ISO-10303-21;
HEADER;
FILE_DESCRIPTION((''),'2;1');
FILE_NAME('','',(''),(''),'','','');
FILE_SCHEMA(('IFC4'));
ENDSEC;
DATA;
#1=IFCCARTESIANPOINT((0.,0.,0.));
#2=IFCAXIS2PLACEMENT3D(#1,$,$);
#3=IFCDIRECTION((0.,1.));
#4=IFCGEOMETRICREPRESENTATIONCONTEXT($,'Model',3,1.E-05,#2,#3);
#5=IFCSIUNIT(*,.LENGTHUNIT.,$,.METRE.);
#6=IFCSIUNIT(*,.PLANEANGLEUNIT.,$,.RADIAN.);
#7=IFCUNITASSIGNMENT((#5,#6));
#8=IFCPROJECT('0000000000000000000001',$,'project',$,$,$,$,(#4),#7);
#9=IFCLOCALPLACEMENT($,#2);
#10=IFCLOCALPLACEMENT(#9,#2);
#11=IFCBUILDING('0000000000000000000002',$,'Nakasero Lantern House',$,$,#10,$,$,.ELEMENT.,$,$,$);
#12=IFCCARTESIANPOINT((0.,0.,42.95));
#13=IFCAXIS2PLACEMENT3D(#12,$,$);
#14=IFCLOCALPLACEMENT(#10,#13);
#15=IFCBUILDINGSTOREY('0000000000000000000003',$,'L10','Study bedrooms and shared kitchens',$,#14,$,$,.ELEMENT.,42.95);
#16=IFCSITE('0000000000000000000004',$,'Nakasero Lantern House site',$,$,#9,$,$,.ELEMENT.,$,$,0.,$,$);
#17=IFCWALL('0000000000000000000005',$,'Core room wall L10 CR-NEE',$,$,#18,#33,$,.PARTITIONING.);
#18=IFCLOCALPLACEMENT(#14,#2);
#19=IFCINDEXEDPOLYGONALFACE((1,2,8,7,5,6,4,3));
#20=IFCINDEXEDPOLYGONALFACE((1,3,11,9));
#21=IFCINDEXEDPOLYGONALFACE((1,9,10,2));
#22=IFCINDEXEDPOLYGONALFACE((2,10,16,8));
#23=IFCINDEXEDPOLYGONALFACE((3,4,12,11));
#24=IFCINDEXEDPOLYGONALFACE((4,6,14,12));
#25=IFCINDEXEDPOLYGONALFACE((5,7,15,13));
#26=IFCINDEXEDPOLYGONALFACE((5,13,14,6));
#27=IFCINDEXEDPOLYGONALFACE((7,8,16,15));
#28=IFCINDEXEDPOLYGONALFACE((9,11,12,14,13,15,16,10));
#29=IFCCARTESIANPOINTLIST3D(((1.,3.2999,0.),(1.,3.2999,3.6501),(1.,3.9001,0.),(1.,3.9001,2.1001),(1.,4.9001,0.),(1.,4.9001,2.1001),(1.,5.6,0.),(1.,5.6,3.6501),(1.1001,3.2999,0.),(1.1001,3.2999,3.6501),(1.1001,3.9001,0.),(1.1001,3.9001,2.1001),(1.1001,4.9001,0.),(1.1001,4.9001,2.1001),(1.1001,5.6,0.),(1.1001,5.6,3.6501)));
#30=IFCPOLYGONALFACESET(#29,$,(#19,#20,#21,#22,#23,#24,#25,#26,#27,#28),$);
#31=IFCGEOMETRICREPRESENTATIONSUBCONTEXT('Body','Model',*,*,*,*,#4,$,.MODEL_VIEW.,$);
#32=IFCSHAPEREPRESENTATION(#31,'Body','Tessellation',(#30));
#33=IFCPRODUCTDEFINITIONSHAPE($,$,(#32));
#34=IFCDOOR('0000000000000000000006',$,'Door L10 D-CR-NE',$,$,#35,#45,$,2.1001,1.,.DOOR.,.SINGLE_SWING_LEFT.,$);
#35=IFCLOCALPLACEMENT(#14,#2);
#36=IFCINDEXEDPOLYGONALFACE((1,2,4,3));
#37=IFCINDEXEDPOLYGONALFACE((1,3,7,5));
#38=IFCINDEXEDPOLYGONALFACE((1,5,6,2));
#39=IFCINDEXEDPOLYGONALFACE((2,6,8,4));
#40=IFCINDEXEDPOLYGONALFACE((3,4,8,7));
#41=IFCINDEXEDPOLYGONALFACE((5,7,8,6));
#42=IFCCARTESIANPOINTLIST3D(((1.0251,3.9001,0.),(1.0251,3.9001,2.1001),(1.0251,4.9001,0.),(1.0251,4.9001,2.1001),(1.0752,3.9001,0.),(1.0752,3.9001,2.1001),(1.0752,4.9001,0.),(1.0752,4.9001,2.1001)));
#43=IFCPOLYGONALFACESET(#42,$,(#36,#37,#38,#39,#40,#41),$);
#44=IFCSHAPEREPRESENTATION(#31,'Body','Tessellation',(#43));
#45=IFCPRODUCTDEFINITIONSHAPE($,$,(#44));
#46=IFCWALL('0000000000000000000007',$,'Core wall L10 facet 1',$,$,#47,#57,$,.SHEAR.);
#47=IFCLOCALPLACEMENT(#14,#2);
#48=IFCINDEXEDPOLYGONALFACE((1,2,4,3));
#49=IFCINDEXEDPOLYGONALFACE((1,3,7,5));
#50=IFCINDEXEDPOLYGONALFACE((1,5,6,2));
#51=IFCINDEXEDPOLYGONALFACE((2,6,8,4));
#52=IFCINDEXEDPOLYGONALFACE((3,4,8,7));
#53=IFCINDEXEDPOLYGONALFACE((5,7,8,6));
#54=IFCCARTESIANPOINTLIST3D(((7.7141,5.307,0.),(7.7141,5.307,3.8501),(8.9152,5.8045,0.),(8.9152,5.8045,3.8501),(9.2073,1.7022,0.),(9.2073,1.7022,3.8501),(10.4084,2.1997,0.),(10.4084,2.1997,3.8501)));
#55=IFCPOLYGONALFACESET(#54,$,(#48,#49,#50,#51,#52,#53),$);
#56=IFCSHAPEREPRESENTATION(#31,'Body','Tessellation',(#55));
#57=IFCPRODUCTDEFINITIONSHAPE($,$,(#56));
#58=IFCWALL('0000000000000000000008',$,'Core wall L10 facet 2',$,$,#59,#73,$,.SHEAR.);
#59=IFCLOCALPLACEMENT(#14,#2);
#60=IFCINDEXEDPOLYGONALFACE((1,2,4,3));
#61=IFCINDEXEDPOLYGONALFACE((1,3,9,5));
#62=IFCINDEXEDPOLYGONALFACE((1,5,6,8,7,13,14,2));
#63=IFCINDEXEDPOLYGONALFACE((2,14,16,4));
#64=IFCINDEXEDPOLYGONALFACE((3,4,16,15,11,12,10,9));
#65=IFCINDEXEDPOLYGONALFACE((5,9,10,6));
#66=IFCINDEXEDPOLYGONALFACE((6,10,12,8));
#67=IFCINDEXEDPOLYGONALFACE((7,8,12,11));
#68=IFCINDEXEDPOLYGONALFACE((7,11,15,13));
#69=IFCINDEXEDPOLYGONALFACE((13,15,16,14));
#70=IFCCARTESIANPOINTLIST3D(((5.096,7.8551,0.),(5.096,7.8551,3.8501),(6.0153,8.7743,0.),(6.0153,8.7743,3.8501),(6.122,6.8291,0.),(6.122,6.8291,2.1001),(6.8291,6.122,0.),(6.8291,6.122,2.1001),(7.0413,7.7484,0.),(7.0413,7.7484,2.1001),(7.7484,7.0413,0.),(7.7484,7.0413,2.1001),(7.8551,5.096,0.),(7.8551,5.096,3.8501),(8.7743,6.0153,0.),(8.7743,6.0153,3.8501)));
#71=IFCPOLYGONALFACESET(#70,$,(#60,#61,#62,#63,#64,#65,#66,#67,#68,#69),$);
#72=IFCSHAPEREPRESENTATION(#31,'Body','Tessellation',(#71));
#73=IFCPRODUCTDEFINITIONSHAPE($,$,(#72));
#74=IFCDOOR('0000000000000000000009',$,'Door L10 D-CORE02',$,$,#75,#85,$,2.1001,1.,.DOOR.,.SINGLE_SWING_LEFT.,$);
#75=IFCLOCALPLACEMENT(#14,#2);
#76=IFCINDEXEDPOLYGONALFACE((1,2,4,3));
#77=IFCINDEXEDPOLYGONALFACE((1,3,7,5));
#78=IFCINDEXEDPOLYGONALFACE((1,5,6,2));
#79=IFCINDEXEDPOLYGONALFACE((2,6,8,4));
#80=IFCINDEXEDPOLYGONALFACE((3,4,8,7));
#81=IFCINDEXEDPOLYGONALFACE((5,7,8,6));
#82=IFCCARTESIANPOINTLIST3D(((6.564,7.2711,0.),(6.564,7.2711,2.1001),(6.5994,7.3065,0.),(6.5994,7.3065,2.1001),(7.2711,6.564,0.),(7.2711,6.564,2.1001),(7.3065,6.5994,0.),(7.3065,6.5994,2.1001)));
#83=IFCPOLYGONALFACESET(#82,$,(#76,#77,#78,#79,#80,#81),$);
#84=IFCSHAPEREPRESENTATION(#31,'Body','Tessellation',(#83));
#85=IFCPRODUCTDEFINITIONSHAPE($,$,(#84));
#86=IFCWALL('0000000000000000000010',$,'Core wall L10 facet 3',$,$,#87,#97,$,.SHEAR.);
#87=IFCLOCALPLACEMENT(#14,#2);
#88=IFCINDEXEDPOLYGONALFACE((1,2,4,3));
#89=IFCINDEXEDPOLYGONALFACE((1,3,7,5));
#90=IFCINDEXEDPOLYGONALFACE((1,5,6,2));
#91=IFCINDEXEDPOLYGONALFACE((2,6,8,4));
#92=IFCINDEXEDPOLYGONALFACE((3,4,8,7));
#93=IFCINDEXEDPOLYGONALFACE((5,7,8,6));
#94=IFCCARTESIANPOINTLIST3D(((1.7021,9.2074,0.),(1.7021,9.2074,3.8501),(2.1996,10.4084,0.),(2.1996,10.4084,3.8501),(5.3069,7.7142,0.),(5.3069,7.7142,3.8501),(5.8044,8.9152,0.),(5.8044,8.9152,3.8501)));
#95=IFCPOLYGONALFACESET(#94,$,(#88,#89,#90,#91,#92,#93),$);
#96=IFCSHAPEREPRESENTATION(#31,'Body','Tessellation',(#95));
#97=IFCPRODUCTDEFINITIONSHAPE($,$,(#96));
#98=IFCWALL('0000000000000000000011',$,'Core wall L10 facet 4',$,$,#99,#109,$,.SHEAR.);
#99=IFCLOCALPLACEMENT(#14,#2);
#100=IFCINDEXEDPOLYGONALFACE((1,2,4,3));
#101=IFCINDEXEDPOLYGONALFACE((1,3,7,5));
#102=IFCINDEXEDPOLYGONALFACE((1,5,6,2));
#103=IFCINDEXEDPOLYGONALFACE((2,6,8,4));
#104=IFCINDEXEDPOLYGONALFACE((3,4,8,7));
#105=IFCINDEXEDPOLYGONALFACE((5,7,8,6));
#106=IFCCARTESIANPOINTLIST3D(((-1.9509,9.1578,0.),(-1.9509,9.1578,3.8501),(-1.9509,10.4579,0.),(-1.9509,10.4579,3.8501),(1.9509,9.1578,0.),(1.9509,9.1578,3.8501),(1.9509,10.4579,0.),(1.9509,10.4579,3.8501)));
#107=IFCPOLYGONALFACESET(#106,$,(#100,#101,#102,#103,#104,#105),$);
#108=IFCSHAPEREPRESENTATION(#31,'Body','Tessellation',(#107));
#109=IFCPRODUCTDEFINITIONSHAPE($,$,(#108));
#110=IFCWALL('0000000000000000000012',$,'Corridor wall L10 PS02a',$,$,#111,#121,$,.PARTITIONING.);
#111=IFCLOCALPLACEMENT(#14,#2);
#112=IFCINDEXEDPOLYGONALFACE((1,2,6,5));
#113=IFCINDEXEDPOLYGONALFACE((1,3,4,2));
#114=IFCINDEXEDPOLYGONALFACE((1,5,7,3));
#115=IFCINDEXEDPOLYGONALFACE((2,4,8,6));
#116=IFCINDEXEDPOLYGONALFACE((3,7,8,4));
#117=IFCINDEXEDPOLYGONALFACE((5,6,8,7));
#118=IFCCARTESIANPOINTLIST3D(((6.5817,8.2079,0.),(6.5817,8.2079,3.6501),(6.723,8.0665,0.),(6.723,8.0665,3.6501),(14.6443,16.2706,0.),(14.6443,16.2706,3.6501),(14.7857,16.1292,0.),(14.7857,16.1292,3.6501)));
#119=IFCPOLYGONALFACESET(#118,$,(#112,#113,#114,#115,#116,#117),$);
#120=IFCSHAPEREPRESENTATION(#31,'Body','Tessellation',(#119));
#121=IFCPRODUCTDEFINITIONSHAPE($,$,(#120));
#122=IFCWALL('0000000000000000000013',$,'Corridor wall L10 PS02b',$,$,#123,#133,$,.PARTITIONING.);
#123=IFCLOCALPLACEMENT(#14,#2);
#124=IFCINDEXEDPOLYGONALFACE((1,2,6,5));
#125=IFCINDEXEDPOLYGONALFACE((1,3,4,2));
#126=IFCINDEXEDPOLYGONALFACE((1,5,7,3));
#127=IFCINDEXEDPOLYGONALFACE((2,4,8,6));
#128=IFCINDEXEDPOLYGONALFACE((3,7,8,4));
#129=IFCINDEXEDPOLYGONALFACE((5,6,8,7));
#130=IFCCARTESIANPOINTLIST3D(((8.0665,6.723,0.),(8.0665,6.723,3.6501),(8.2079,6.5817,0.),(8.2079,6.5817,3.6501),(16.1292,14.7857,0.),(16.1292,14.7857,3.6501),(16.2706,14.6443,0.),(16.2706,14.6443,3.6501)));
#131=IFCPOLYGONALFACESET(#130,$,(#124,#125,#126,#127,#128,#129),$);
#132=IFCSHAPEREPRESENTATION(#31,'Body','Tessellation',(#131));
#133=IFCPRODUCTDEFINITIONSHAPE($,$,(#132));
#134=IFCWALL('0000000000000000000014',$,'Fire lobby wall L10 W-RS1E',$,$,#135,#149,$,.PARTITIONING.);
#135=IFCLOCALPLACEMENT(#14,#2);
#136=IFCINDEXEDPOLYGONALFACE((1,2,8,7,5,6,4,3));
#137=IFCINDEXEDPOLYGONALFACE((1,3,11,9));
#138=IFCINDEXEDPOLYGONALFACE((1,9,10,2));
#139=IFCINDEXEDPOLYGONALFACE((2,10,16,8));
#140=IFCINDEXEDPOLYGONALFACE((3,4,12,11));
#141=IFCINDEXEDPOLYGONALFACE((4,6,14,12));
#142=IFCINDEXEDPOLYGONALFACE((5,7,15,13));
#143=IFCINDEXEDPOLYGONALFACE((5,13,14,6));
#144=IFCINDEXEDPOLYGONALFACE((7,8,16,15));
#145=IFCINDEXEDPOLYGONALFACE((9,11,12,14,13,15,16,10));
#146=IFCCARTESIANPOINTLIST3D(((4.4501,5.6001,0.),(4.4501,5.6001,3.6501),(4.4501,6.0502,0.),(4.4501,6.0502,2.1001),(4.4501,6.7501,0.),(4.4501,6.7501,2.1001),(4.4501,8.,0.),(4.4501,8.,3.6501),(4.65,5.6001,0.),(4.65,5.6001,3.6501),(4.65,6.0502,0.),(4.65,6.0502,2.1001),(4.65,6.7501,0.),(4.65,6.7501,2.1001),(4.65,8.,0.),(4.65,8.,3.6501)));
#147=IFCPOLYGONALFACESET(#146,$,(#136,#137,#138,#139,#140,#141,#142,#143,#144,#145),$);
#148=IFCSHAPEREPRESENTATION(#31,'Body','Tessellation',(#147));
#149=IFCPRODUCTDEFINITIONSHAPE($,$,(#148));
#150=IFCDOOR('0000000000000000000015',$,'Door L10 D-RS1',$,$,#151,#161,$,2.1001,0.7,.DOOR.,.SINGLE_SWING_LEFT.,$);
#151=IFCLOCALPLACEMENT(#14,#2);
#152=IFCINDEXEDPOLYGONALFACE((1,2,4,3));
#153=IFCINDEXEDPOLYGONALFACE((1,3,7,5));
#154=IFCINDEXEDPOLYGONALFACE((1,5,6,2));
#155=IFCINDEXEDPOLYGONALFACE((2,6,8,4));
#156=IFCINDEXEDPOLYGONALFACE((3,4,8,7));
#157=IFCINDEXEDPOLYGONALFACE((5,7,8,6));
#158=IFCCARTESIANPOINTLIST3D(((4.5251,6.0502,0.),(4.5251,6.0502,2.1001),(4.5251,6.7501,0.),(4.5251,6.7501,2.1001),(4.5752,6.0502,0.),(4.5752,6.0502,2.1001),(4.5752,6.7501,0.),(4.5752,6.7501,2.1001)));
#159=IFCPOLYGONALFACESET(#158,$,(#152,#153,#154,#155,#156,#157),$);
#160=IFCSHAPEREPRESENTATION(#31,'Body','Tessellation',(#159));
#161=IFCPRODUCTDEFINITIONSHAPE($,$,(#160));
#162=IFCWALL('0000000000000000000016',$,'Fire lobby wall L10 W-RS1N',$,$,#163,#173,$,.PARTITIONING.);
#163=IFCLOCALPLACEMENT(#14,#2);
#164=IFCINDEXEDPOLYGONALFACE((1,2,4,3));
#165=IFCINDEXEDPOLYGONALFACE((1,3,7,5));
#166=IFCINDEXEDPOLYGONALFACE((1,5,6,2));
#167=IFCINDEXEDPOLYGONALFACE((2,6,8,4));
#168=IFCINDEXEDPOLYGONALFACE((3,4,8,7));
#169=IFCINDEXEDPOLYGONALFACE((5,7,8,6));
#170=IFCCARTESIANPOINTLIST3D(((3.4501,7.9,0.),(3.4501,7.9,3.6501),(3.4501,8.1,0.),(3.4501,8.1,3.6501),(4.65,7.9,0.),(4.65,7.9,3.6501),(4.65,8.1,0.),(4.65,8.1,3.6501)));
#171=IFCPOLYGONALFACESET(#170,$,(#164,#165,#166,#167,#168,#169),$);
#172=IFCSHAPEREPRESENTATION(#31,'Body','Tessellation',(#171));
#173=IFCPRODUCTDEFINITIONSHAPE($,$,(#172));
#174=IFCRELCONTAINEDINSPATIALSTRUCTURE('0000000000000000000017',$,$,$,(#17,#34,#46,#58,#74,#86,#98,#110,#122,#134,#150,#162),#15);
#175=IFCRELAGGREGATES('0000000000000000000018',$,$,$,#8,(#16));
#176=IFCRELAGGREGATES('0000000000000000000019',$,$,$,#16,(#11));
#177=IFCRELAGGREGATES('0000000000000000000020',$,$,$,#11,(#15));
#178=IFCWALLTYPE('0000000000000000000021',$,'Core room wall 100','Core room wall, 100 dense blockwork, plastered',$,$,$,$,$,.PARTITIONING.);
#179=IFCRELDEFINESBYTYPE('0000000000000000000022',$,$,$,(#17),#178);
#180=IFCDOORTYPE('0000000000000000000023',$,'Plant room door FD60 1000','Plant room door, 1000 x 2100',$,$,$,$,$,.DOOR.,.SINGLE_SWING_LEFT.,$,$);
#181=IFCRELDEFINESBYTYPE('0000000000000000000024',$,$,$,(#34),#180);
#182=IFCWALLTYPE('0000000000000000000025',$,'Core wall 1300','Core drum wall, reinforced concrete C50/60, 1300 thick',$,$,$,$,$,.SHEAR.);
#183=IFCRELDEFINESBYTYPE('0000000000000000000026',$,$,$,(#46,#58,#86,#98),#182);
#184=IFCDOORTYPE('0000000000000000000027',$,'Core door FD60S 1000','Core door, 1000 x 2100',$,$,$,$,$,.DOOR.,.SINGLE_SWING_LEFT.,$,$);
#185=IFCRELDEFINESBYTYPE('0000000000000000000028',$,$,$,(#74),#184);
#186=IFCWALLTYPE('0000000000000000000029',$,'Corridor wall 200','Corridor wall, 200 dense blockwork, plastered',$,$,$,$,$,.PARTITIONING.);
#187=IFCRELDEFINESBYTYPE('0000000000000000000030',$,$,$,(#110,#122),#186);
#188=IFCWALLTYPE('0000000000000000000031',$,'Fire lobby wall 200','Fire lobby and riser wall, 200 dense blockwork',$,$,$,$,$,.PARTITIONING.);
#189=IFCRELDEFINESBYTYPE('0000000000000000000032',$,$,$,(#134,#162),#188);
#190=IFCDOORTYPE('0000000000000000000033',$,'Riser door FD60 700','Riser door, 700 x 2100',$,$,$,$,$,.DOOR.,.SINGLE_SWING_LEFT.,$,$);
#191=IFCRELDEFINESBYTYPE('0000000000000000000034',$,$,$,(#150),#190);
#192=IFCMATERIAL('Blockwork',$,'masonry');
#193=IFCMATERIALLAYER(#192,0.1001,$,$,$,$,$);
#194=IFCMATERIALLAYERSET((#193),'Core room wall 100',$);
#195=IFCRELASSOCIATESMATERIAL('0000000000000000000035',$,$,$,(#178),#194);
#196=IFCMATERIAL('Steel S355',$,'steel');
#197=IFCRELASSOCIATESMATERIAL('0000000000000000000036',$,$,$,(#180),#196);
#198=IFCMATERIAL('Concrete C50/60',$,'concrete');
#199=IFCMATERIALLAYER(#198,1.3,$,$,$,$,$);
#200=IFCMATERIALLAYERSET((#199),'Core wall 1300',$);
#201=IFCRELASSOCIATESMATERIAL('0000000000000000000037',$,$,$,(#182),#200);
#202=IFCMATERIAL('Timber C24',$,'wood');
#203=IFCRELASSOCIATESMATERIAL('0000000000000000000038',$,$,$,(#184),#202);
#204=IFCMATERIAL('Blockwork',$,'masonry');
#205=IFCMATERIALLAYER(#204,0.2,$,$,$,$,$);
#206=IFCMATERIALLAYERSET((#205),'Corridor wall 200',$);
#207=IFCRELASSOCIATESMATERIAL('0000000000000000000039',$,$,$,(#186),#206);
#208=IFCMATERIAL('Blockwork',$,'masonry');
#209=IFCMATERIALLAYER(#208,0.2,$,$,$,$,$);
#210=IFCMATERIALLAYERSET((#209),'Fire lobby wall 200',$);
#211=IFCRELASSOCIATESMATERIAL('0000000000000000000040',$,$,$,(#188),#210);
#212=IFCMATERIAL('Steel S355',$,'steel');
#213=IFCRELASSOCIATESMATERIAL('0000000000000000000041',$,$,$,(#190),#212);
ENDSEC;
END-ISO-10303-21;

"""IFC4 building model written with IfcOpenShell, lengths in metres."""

from ifc_helpers import new_model, si_unit, direction, frame, frame_2d, origin, place, context, subcontext, project, spatial, rectangle, extrude, material, layer, layer_set, type_object, element, fill, save


model = new_model("IFC4")

# Units and contexts
model_context = context("Model", 3, precision=1e-05, world=origin(), true_north=direction((0.0, 1.0)))
body_context = subcontext(model_context, "Body", "Model", "MODEL_VIEW")
ifc_project = project(units=[si_unit("LENGTHUNIT", "METRE"), si_unit("PLANEANGLEUNIT", "RADIAN")], contexts=[model_context])

# Site, building, storey
site_placement = place(None, origin())
site = spatial("IfcSite", under=ifc_project, at=site_placement, Name="Nakasero Lantern House site", CompositionType="ELEMENT", RefElevation=0.0)
building_placement = place(site_placement, origin())
building = spatial("IfcBuilding", under=site, at=building_placement, Name="Nakasero Lantern House", CompositionType="ELEMENT")
storey_placement = place(building_placement, frame((0.0, 0.0, 42.95)))
storey = spatial("IfcBuildingStorey", under=building, at=storey_placement, Name="L10", Description="Study bedrooms and shared kitchens", CompositionType="ELEMENT", Elevation=42.95)

# Wall, opening, door
ifc_material_1 = material(Name="Blockwork", Category="masonry")
ifc_layer_1 = layer(ifc_material_1, 0.1001)
ifc_layer_set_1 = layer_set([ifc_layer_1], Name="Core room wall 100")
wall_type_1 = type_object("IfcWallType", Name="Core room wall 100", Description="Core room wall, 100 dense blockwork, plastered", PredefinedType="PARTITIONING", material=ifc_layer_set_1)
wall_1_placement = place(storey_placement, frame((1.05, 3.3, 0.0), z_axis=(0.0, 0.0, 1.0), x_axis=(0.0, 1.0, 0.0)))
wall_1 = element("IfcWall", 1, at=wall_1_placement, inside=storey, type_object=wall_type_1, Name="Core room wall L10 CR-NEE", PredefinedType="PARTITIONING", context=body_context, shape_type="SweptSolid", body=[
    extrude(rectangle(XDim=2.3, YDim=0.1001, at=frame_2d((1.1499, 0.0))), origin(), (0.0, 0.0, 1.0), 3.6501),
])
opening_1_placement = place(wall_1_placement, frame((0.6001, 0.0, 0.0)))
opening_1 = element("IfcOpeningElement", 2, at=opening_1_placement, cuts=wall_1, PredefinedType="OPENING", context=body_context, shape_type="SweptSolid", body=[
    extrude(rectangle(XDim=1.0, YDim=2.1001, at=frame_2d((0.5, 1.05))), frame((0.0, 0.0701, 0.0), z_axis=(0.0, -1.0, 0.0), x_axis=(1.0, 0.0, 0.0)), (0.0, 0.0, 1.0), 0.1401),
])
ifc_material_2 = material(Name="Steel S355", Category="steel")
door_type_1 = type_object("IfcDoorType", Name="Plant room door FD60 1000", Description="Plant room door, 1000 x 2100", OperationType="SINGLE_SWING_LEFT", PredefinedType="DOOR", material=ifc_material_2)
door_1_placement = place(opening_1_placement, origin())
door_1 = element("IfcDoor", 3, at=door_1_placement, inside=storey, type_object=door_type_1, Name="Door L10 D-CR-NE", OperationType="SINGLE_SWING_LEFT", OverallHeight=2.1001, OverallWidth=1.0, PredefinedType="DOOR", context=body_context, shape_type="SweptSolid", body=[
    extrude(rectangle(XDim=1.0, YDim=2.1001, at=frame_2d((0.5, 1.05))), frame((0.0, 0.0249, 0.0), z_axis=(0.0, -1.0, 0.0), x_axis=(1.0, 0.0, 0.0)), (0.0, 0.0, 1.0), 0.05),
])
fill(opening_1, door_1)

# Wall
ifc_material_3 = material(Name="Concrete C50/60", Category="concrete")
ifc_layer_2 = layer(ifc_material_3, 1.3)
ifc_layer_set_2 = layer_set([ifc_layer_2], Name="Core wall 1300")
wall_type_2 = type_object("IfcWallType", Name="Core wall 1300", Description="Core drum wall, reinforced concrete C50/60, 1300 thick", PredefinedType="SHEAR", material=ifc_layer_set_2)
wall_2_placement = place(storey_placement, frame((9.8079, 1.9509, 0.0), z_axis=(0.0, 0.0, 1.0), x_axis=(-0.382691, 0.923877, 0.0)))
element("IfcWall", 4, at=wall_2_placement, inside=storey, type_object=wall_type_2, Name="Core wall L10 facet 1", PredefinedType="SHEAR", context=body_context, shape_type="SweptSolid", body=[
    extrude(rectangle(XDim=3.9019, YDim=1.3, at=frame_2d((1.9509, 0.0))), origin(), (0.0, 0.0, 1.0), 3.8501),
])

# Wall, opening, door
wall_3_placement = place(storey_placement, frame((8.3147, 5.5557, 0.0), z_axis=(0.0, 0.0, 1.0), x_axis=(-0.707107, 0.707107, 0.0)))
wall_3 = element("IfcWall", 5, at=wall_3_placement, inside=storey, type_object=wall_type_2, Name="Core wall L10 facet 2", PredefinedType="SHEAR", context=body_context, shape_type="SweptSolid", body=[
    extrude(rectangle(XDim=3.9019, YDim=1.3, at=frame_2d((1.9509, 0.0))), origin(), (0.0, 0.0, 1.0), 3.8501),
])
opening_2_placement = place(wall_3_placement, frame((1.4509, 0.0, 0.0)))
opening_2 = element("IfcOpeningElement", 6, at=opening_2_placement, cuts=wall_3, PredefinedType="OPENING", context=body_context, shape_type="SweptSolid", body=[
    extrude(rectangle(XDim=1.0, YDim=2.1001, at=frame_2d((0.5, 1.05))), frame((0.0, 0.6699, 0.0), z_axis=(0.0, -1.0, 0.0), x_axis=(1.0, 0.0, 0.0)), (0.0, 0.0, 1.0), 1.3401),
])
ifc_material_4 = material(Name="Timber C24", Category="wood")
door_type_2 = type_object("IfcDoorType", Name="Core door FD60S 1000", Description="Core door, 1000 x 2100", OperationType="SINGLE_SWING_LEFT", PredefinedType="DOOR", material=ifc_material_4)
door_2_placement = place(opening_2_placement, origin())
door_2 = element("IfcDoor", 7, at=door_2_placement, inside=storey, type_object=door_type_2, Name="Door L10 D-CORE02", OperationType="SINGLE_SWING_LEFT", OverallHeight=2.1001, OverallWidth=1.0, PredefinedType="DOOR", context=body_context, shape_type="SweptSolid", body=[
    extrude(rectangle(XDim=1.0, YDim=2.1001, at=frame_2d((0.5, 1.05))), frame((0.0, 0.0249, 0.0), z_axis=(0.0, -1.0, 0.0), x_axis=(1.0, 0.0, 0.0)), (0.0, 0.0, 1.0), 0.05),
])
fill(opening_2, door_2)

# Walls
for number, where, z_axis, x_axis, name in (
    (8, (5.5557, 8.3147, 0.0), (0.0, 0.0, 1.0), (-0.923877, 0.382691, 0.0), "Core wall L10 facet 3"),
    (9, (1.9509, 9.8079, 0.0), (0.0, 0.0, 1.0), (-1.0, 0.0, 0.0), "Core wall L10 facet 4"),
):
    element("IfcWall", number, at=place(storey_placement, frame(where, z_axis=z_axis, x_axis=x_axis)), inside=storey, type_object=wall_type_2, Name=name, PredefinedType="SHEAR", context=body_context, shape_type="SweptSolid", body=[
        extrude(rectangle(XDim=3.9019, YDim=1.3, at=frame_2d((1.9509, 0.0))), origin(), (0.0, 0.0, 1.0), 3.8501),
    ])
ifc_material_5 = material(Name="Blockwork", Category="masonry")
ifc_layer_3 = layer(ifc_material_5, 0.2)
ifc_layer_set_3 = layer_set([ifc_layer_3], Name="Corridor wall 200")
wall_type_3 = type_object("IfcWallType", Name="Corridor wall 200", Description="Corridor wall, 200 dense blockwork, plastered", PredefinedType="PARTITIONING", material=ifc_layer_set_3)
for number, where, z_axis, x_axis, name in (
    (10, (6.6523, 8.1372, 0.0), (0.0, 0.0, 1.0), (0.707107, 0.707107, 0.0), "Corridor wall L10 PS02a"),
    (11, (8.1372, 6.6523, 0.0), (0.0, 0.0, 1.0), (0.707107, 0.707107, 0.0), "Corridor wall L10 PS02b"),
):
    element("IfcWall", number, at=place(storey_placement, frame(where, z_axis=z_axis, x_axis=x_axis)), inside=storey, type_object=wall_type_3, Name=name, PredefinedType="PARTITIONING", context=body_context, shape_type="SweptSolid", body=[
        extrude(rectangle(XDim=11.4023, YDim=0.2, at=frame_2d((5.7012, 0.0))), origin(), (0.0, 0.0, 1.0), 3.6501),
    ])

# Wall, opening, door
ifc_material_6 = material(Name="Blockwork", Category="masonry")
ifc_layer_4 = layer(ifc_material_6, 0.2)
ifc_layer_set_4 = layer_set([ifc_layer_4], Name="Fire lobby wall 200")
wall_type_4 = type_object("IfcWallType", Name="Fire lobby wall 200", Description="Fire lobby and riser wall, 200 dense blockwork", PredefinedType="PARTITIONING", material=ifc_layer_set_4)
wall_4_placement = place(storey_placement, frame((4.55, 5.6001, 0.0), z_axis=(0.0, 0.0, 1.0), x_axis=(0.0, 1.0, 0.0)))
wall_4 = element("IfcWall", 12, at=wall_4_placement, inside=storey, type_object=wall_type_4, Name="Fire lobby wall L10 W-RS1E", PredefinedType="PARTITIONING", context=body_context, shape_type="SweptSolid", body=[
    extrude(rectangle(XDim=2.3999, YDim=0.2, at=frame_2d((1.2, 0.0))), origin(), (0.0, 0.0, 1.0), 3.6501),
])
opening_3_placement = place(wall_4_placement, frame((0.45, 0.0, 0.0)))
opening_3 = element("IfcOpeningElement", 13, at=opening_3_placement, cuts=wall_4, PredefinedType="OPENING", context=body_context, shape_type="SweptSolid", body=[
    extrude(rectangle(XDim=0.7, YDim=2.1001, at=frame_2d((0.3501, 1.05))), frame((0.0, 0.1199, 0.0), z_axis=(0.0, -1.0, 0.0), x_axis=(1.0, 0.0, 0.0)), (0.0, 0.0, 1.0), 0.24),
])
ifc_material_7 = material(Name="Steel S355", Category="steel")
door_type_3 = type_object("IfcDoorType", Name="Riser door FD60 700", Description="Riser door, 700 x 2100", OperationType="SINGLE_SWING_LEFT", PredefinedType="DOOR", material=ifc_material_7)
door_3_placement = place(opening_3_placement, origin())
door_3 = element("IfcDoor", 14, at=door_3_placement, inside=storey, type_object=door_type_3, Name="Door L10 D-RS1", OperationType="SINGLE_SWING_LEFT", OverallHeight=2.1001, OverallWidth=0.7, PredefinedType="DOOR", context=body_context, shape_type="SweptSolid", body=[
    extrude(rectangle(XDim=0.7, YDim=2.1001, at=frame_2d((0.3501, 1.05))), frame((0.0, 0.0249, 0.0), z_axis=(0.0, -1.0, 0.0), x_axis=(1.0, 0.0, 0.0)), (0.0, 0.0, 1.0), 0.05),
])
fill(opening_3, door_3)

# Wall
for number, where, z_axis, x_axis, name in (
    (15, (3.45, 8.0, 0.0), (0.0, 0.0, 1.0), (1.0, 0.0, 0.0), "Fire lobby wall L10 W-RS1N"),
):
    element("IfcWall", number, at=place(storey_placement, frame(where, z_axis=z_axis, x_axis=x_axis)), inside=storey, type_object=wall_type_4, Name=name, PredefinedType="PARTITIONING", context=body_context, shape_type="SweptSolid", body=[
        extrude(rectangle(XDim=1.2, YDim=0.2, at=frame_2d((0.6001, 0.0))), origin(), (0.0, 0.0, 1.0), 3.6501),
    ])

save(model, "model.ifc")
